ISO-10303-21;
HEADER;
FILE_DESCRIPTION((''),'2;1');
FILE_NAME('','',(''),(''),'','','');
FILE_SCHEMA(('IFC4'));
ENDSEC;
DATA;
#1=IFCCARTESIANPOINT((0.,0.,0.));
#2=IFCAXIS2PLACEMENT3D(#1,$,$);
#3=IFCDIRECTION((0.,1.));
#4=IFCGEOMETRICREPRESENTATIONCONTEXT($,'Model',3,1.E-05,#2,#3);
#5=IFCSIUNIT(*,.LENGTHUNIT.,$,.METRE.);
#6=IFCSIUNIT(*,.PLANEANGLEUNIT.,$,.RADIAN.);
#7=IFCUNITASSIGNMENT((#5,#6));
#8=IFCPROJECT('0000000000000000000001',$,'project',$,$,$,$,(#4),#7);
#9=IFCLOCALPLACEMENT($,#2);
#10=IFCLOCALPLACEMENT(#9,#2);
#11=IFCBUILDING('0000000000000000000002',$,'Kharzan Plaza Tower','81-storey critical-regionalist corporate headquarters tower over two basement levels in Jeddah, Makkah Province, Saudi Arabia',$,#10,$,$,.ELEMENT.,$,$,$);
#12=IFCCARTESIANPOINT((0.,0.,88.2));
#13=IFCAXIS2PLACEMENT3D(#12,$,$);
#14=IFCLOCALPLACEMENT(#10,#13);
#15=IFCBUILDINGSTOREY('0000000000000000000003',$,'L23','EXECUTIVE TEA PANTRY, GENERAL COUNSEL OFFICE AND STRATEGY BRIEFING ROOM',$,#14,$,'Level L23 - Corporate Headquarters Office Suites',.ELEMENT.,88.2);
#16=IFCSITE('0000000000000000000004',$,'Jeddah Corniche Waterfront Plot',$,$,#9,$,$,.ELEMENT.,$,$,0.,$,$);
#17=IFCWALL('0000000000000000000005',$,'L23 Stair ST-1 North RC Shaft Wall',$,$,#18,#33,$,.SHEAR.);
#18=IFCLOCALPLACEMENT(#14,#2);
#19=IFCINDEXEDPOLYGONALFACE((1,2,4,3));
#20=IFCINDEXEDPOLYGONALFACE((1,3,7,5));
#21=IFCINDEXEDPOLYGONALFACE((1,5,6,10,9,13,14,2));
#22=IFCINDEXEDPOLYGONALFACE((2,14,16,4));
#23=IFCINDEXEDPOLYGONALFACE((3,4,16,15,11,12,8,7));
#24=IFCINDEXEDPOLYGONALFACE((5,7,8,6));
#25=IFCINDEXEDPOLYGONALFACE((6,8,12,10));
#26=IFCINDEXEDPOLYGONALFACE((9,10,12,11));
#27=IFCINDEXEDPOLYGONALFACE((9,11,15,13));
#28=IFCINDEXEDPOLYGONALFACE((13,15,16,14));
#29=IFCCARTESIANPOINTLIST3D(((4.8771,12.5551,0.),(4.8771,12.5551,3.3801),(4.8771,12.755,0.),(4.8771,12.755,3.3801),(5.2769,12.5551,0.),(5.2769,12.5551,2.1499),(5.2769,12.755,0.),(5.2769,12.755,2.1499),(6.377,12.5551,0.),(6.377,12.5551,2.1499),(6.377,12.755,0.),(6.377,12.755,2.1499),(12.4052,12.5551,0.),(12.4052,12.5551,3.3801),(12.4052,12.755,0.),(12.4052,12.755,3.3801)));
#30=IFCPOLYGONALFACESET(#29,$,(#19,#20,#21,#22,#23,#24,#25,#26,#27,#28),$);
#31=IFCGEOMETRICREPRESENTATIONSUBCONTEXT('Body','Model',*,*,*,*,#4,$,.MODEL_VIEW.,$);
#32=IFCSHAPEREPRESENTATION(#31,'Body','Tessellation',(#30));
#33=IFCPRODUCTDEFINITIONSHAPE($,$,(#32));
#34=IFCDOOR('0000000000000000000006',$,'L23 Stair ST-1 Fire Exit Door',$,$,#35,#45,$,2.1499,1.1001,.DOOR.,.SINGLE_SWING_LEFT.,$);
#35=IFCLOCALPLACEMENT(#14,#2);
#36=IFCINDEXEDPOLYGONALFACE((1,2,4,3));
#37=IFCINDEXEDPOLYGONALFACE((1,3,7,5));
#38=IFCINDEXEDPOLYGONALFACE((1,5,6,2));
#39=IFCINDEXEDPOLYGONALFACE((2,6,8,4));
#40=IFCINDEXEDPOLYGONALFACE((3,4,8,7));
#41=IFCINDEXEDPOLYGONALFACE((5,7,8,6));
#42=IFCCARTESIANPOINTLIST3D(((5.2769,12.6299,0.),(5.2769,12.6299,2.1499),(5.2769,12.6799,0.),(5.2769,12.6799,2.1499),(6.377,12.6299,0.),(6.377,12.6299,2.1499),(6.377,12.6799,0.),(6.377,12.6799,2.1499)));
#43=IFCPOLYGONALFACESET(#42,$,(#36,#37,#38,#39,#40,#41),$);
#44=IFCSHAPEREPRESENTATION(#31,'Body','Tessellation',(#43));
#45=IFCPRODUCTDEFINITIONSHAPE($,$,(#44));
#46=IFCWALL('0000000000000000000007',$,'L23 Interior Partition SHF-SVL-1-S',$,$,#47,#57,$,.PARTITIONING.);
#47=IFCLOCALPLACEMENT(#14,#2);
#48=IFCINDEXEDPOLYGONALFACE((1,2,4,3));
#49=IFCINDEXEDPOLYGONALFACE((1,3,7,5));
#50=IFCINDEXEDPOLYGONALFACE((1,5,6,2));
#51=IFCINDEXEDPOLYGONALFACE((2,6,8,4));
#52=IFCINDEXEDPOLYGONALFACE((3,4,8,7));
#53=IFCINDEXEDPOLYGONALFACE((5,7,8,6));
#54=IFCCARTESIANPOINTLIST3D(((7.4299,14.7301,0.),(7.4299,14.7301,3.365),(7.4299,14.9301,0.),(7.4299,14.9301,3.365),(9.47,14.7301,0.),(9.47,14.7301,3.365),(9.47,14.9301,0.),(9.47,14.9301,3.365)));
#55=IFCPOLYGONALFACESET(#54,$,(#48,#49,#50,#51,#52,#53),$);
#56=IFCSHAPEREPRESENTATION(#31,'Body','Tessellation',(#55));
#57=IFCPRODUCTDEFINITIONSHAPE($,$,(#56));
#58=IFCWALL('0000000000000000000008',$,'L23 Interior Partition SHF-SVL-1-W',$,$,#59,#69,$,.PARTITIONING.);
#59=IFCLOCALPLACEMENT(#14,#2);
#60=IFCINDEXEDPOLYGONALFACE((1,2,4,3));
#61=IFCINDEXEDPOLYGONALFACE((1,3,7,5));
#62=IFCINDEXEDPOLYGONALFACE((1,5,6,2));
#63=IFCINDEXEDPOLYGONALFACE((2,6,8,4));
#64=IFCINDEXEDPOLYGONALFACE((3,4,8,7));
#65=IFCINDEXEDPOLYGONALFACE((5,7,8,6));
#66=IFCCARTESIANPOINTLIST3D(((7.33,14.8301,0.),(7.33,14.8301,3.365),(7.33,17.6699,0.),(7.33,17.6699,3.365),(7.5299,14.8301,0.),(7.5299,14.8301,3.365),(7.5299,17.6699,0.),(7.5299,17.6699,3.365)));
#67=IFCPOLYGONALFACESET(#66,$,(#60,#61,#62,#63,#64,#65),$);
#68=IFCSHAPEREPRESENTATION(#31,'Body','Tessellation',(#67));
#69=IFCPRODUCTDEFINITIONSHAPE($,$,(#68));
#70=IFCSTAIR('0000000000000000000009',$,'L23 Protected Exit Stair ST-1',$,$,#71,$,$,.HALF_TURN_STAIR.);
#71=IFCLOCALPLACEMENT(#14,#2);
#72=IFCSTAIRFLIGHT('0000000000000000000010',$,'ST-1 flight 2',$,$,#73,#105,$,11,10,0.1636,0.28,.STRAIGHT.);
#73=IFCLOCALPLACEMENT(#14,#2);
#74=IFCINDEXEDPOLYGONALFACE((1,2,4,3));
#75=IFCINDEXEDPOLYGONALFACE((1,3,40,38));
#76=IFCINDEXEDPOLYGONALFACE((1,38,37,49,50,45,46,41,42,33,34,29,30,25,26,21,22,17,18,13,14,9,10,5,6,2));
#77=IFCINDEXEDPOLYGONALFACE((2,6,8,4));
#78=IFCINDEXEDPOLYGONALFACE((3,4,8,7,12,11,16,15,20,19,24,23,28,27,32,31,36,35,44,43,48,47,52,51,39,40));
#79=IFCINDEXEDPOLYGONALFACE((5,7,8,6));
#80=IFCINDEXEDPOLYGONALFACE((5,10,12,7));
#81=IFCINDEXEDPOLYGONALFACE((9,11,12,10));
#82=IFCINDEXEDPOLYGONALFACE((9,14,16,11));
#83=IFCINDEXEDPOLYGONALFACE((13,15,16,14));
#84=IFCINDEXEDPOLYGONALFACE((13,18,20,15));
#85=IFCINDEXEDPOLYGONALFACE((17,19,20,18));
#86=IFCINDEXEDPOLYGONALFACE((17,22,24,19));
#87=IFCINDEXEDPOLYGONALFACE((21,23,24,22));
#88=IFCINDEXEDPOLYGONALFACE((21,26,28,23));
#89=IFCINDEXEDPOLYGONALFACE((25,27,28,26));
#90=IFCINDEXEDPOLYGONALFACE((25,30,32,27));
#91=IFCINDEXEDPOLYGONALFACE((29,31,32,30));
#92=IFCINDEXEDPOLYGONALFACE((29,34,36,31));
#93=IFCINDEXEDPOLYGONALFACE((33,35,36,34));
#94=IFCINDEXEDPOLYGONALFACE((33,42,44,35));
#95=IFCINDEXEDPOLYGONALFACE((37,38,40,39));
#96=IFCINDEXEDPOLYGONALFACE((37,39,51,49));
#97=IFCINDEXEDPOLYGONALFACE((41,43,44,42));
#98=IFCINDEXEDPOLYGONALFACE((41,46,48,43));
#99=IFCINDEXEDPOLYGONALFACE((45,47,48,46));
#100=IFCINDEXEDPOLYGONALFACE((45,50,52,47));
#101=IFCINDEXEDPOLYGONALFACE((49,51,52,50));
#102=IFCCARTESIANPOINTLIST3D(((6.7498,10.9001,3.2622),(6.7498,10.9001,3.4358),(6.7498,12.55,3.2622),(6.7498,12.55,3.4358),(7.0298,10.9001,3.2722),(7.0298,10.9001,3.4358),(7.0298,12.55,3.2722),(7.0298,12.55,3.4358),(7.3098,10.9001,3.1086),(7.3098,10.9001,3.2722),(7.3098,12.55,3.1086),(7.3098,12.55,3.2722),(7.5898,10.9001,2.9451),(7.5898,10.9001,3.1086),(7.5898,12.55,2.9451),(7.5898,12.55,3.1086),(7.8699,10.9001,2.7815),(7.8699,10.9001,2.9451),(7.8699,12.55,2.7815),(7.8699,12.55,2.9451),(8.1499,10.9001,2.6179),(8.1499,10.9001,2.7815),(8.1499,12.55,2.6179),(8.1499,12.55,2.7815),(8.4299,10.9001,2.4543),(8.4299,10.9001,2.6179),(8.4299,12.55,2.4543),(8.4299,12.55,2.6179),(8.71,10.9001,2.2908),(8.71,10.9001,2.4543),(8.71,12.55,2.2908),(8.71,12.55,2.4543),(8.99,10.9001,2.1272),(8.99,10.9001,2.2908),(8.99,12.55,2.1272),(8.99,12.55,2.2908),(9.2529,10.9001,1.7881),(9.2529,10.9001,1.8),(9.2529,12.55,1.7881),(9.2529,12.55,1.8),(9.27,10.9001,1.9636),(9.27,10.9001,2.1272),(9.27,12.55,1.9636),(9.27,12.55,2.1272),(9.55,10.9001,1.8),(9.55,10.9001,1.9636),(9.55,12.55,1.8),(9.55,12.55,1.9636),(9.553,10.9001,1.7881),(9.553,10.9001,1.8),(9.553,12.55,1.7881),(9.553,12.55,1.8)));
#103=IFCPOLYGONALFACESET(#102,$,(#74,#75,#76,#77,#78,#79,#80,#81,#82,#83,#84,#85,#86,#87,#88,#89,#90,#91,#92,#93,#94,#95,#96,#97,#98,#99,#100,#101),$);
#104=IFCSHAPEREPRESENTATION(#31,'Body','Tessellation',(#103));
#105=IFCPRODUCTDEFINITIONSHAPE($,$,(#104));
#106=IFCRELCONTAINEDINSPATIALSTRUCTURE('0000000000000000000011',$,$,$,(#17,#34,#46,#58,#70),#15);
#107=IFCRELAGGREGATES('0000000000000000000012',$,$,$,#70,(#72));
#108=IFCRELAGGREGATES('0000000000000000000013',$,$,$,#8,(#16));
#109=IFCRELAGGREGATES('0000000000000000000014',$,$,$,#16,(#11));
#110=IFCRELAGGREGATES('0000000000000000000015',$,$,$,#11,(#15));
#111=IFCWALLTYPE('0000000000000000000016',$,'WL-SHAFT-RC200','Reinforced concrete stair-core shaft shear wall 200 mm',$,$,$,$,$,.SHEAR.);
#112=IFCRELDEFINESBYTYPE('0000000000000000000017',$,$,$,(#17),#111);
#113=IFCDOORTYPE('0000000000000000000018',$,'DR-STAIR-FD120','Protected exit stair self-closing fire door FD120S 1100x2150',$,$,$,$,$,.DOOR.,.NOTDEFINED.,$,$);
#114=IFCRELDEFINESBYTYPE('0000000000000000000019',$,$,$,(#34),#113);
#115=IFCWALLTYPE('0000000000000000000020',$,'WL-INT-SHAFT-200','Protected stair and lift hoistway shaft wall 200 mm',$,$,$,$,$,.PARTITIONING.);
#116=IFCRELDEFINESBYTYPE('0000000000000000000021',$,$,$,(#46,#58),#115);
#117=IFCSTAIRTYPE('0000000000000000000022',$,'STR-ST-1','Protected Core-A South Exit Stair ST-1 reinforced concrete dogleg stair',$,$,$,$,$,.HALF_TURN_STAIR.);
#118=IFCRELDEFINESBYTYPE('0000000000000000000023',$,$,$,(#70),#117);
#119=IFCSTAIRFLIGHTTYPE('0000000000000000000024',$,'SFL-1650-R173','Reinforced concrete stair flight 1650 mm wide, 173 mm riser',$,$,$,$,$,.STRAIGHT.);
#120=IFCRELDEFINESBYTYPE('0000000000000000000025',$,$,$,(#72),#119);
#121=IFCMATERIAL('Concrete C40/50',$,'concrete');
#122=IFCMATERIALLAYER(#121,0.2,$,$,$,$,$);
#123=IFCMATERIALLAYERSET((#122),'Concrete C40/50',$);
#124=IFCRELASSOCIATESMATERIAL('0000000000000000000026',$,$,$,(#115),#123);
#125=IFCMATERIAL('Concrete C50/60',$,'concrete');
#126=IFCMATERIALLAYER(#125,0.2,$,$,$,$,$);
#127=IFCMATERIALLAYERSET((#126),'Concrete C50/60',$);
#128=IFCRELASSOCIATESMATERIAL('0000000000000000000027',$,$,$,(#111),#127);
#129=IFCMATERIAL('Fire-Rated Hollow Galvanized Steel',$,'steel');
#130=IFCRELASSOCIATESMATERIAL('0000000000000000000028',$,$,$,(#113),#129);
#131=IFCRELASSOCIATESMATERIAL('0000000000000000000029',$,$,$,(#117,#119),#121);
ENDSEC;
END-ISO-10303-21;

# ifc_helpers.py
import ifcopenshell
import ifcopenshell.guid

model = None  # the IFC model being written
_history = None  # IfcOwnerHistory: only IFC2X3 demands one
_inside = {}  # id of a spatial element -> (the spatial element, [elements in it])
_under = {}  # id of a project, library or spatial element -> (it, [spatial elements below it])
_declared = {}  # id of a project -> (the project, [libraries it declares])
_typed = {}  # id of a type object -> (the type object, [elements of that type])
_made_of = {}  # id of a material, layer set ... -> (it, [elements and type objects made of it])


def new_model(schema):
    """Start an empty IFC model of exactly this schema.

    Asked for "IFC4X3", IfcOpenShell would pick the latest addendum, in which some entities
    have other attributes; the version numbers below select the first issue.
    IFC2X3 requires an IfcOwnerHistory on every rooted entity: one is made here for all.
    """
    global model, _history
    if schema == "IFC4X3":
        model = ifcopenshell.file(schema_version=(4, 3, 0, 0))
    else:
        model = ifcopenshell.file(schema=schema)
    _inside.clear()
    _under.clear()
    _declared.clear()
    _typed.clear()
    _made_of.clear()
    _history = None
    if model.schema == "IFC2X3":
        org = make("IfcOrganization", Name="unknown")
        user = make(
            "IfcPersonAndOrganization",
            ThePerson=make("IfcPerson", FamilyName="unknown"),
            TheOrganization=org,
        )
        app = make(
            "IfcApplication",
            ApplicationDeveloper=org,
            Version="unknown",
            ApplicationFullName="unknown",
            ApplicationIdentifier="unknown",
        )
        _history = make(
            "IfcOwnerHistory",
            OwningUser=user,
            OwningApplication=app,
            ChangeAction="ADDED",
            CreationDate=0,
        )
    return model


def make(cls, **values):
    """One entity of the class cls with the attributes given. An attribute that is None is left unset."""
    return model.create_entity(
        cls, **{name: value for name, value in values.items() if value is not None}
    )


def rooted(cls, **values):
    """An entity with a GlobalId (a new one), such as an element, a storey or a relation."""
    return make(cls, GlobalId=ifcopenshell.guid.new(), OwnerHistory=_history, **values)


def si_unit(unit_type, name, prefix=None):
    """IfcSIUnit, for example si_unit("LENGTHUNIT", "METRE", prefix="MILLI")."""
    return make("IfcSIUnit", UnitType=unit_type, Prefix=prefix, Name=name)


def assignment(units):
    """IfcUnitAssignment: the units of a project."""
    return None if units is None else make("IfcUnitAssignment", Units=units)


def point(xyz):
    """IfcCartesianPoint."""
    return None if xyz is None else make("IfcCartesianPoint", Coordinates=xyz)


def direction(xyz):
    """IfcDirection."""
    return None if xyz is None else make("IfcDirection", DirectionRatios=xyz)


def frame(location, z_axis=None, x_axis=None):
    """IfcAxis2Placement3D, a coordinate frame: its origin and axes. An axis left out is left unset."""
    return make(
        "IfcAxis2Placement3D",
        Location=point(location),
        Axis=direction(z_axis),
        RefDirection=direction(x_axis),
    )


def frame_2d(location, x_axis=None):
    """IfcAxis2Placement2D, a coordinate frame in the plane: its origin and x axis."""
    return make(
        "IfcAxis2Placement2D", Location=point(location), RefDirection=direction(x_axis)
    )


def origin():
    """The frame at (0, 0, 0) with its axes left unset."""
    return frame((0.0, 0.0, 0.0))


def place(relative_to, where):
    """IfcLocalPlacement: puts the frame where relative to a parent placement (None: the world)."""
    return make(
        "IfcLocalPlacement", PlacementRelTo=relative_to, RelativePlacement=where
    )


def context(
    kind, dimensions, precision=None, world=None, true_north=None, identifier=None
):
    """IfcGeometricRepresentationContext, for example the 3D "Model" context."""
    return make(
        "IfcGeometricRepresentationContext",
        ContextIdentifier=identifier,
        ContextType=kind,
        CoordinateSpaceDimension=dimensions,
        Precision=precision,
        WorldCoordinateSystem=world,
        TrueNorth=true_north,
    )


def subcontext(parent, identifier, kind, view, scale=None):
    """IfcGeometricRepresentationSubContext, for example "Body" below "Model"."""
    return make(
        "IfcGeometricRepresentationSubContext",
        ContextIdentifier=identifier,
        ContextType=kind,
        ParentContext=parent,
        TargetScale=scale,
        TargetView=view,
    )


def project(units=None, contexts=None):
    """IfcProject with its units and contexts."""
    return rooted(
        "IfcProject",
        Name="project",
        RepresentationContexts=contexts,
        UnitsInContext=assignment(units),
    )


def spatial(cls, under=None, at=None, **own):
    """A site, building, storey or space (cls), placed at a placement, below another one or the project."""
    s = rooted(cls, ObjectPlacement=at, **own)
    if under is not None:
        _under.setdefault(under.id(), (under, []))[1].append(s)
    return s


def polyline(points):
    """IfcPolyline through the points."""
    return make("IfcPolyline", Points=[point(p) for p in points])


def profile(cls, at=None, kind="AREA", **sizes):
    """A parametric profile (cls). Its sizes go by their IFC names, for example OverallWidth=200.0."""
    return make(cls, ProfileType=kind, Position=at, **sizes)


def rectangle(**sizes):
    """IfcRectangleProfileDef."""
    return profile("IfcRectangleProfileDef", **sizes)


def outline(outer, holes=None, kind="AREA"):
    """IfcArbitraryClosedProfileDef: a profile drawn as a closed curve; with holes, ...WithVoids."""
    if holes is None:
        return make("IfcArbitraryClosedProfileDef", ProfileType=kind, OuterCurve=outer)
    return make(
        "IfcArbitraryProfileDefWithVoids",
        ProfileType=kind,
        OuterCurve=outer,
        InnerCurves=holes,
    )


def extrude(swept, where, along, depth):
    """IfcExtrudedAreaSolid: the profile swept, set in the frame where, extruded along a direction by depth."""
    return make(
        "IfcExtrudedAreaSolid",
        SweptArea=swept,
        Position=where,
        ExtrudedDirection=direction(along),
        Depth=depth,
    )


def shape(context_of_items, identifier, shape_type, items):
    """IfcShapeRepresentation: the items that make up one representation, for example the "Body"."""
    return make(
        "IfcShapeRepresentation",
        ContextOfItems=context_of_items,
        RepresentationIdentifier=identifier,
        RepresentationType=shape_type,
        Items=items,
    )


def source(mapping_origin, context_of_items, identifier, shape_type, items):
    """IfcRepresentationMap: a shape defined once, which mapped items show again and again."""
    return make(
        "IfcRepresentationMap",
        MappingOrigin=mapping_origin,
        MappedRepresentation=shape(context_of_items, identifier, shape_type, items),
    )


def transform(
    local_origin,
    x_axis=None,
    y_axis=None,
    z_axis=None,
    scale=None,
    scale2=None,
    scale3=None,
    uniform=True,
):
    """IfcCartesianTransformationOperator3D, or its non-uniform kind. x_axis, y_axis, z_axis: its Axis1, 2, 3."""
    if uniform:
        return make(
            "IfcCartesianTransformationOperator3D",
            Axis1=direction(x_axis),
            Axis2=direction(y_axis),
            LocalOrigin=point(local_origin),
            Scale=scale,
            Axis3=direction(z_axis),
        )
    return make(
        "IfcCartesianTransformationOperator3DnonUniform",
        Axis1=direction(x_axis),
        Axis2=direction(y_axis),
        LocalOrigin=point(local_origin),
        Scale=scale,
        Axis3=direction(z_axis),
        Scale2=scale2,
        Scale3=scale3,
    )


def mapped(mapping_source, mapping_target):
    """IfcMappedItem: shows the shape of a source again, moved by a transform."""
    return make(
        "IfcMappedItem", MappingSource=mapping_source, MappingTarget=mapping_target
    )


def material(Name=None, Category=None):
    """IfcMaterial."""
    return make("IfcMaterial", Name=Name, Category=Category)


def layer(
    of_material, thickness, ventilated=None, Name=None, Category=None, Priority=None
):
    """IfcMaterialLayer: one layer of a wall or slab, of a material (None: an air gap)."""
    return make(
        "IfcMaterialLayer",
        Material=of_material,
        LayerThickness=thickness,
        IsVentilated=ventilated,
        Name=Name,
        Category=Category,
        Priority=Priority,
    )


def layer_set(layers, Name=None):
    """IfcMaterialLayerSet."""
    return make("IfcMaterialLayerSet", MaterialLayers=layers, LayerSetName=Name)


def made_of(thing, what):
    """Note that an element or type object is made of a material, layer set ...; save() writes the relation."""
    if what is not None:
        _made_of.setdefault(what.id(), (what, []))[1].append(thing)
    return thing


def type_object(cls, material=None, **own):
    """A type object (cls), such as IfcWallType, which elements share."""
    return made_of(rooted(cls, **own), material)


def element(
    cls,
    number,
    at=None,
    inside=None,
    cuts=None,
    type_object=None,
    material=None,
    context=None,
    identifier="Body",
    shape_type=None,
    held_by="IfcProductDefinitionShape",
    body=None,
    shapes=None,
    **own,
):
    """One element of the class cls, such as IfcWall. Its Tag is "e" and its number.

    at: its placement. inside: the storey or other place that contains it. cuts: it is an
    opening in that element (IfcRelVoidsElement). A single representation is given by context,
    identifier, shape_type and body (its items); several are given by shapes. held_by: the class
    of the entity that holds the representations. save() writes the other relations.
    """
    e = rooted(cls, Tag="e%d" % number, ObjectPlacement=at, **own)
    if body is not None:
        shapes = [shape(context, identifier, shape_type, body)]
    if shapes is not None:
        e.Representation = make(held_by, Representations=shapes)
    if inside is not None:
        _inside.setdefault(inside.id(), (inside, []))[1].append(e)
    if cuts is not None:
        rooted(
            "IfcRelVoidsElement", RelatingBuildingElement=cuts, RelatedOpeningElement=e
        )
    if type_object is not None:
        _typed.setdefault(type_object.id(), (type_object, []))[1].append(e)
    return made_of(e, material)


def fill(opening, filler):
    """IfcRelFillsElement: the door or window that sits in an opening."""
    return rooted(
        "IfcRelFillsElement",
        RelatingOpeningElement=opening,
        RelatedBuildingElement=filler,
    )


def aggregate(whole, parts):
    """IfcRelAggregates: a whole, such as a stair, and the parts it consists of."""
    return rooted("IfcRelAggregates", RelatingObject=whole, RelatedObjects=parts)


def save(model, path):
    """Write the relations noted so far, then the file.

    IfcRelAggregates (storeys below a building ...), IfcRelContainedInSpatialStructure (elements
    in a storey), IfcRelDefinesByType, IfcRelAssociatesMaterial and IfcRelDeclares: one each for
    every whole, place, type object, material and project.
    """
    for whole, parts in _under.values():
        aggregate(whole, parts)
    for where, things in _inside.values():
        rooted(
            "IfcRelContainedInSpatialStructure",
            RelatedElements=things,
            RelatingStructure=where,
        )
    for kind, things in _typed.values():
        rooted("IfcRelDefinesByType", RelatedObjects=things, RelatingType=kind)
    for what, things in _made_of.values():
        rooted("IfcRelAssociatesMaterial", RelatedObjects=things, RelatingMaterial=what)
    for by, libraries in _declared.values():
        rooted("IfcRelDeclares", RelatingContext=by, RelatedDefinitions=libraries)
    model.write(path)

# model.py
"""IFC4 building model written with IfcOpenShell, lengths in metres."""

from ifc_helpers import new_model, si_unit, direction, frame, frame_2d, origin, place, context, subcontext, project, spatial, polyline, rectangle, outline, extrude, source, transform, mapped, material, layer, layer_set, type_object, element, fill, aggregate, save


model = new_model("IFC4")

# Units and contexts
model_context = context("Model", 3, precision=1e-05, world=origin(), true_north=direction((0.0, 1.0)))
body_context = subcontext(model_context, "Body", "Model", "MODEL_VIEW")
ifc_project = project(units=[si_unit("LENGTHUNIT", "METRE"), si_unit("PLANEANGLEUNIT", "RADIAN")], contexts=[model_context])

# Site, building, storey
site_placement = place(None, origin())
site = spatial("IfcSite", under=ifc_project, at=site_placement, Name="Jeddah Corniche Waterfront Plot", CompositionType="ELEMENT", RefElevation=0.0)
building_placement = place(site_placement, origin())
building = spatial("IfcBuilding", under=site, at=building_placement, Name="Kharzan Plaza Tower", Description="81-storey critical-regionalist corporate headquarters tower over two basement levels in Jeddah, Makkah Province, Saudi Arabia", CompositionType="ELEMENT")
storey_placement = place(building_placement, frame((0.0, 0.0, 88.2)))
storey = spatial("IfcBuildingStorey", under=building, at=storey_placement, Name="L23", Description="EXECUTIVE TEA PANTRY, GENERAL COUNSEL OFFICE AND STRATEGY BRIEFING ROOM", LongName="Level L23 - Corporate Headquarters Office Suites", CompositionType="ELEMENT", Elevation=88.2)

# Shared definitions
ifc_material_1 = material(Name="Concrete C40/50", Category="concrete")

# Wall, opening, door
ifc_layer_1 = layer(ifc_material_1, 0.2)
ifc_layer_set_1 = layer_set([ifc_layer_1], Name="Concrete C40/50")
wall_type_1 = type_object("IfcWallType", Name="WL-INT-SHAFT-200", Description="Protected stair and lift hoistway shaft wall 200 mm", PredefinedType="PARTITIONING", material=ifc_layer_set_1)
ifc_material_2 = material(Name="Concrete C50/60", Category="concrete")
ifc_layer_2 = layer(ifc_material_2, 0.2)
ifc_layer_set_2 = layer_set([ifc_layer_2], Name="Concrete C50/60")
wall_type_2 = type_object("IfcWallType", Name="WL-SHAFT-RC200", Description="Reinforced concrete stair-core shaft shear wall 200 mm", PredefinedType="SHEAR", material=ifc_layer_set_2)
wall_1_placement = place(storey_placement, frame((4.877, 12.655, 0.0), z_axis=(0.0, 0.0, 1.0), x_axis=(1.0, 0.0, 0.0)))
wall_1 = element("IfcWall", 1, at=wall_1_placement, inside=storey, type_object=wall_type_2, Name="L23 Stair ST-1 North RC Shaft Wall", PredefinedType="SHEAR", context=body_context, shape_type="SweptSolid", body=[
    extrude(rectangle(XDim=7.5281, YDim=0.2, at=frame_2d((3.7642, 0.0))), origin(), (0.0, 0.0, 1.0), 3.3801),
])
opening_1_placement = place(wall_1_placement, frame((0.3999, 0.0, 0.0)))
opening_1 = element("IfcOpeningElement", 2, at=opening_1_placement, cuts=wall_1, PredefinedType="OPENING", context=body_context, shape_type="SweptSolid", body=[
    extrude(rectangle(XDim=1.1001, YDim=2.1499, at=frame_2d((0.55, 1.075))), frame((0.0, 0.1099, 0.0), z_axis=(0.0, -1.0, 0.0), x_axis=(1.0, 0.0, 0.0)), (0.0, 0.0, 1.0), 0.22),
])
ifc_material_3 = material(Name="Fire-Rated Hollow Galvanized Steel", Category="steel")
door_type_1 = type_object("IfcDoorType", Name="DR-STAIR-FD120", Description="Protected exit stair self-closing fire door FD120S 1100x2150", OperationType="NOTDEFINED", PredefinedType="DOOR", material=ifc_material_3)
shared_shape_1 = source(origin(), body_context, "Body", "SweptSolid", [
    extrude(rectangle(XDim=1.1001, YDim=2.1499, at=frame_2d((0.55, 1.075))), frame((0.0, 0.0249, 0.0), z_axis=(0.0, -1.0, 0.0), x_axis=(1.0, 0.0, 0.0)), (0.0, 0.0, 1.0), 0.05),
])
door_1_placement = place(opening_1_placement, origin())
door_1 = element("IfcDoor", 3, at=door_1_placement, inside=storey, type_object=door_type_1, Name="L23 Stair ST-1 Fire Exit Door", OperationType="SINGLE_SWING_LEFT", OverallHeight=2.1499, OverallWidth=1.1001, PredefinedType="DOOR", context=body_context, shape_type="MappedRepresentation", body=[
    mapped(shared_shape_1, transform((0.0, 0.0, 0.0), x_axis=(1.0, 0.0, 0.0), y_axis=(0.0, 1.0, 0.0), z_axis=(0.0, 0.0, 1.0))),
])
fill(opening_1, door_1)

# Walls
shared_shape_2 = source(origin(), body_context, "Body", "SweptSolid", [
    extrude(rectangle(XDim=2.04, YDim=0.2, at=frame_2d((1.02, 0.0))), origin(), (0.0, 0.0, 1.0), 3.365),
])
wall_2_placement = place(storey_placement, frame((7.4299, 14.8301, 0.0), z_axis=(0.0, 0.0, 1.0), x_axis=(1.0, 0.0, 0.0)))
element("IfcWall", 4, at=wall_2_placement, inside=storey, type_object=wall_type_1, Name="L23 Interior Partition SHF-SVL-1-S", PredefinedType="PARTITIONING", context=body_context, shape_type="MappedRepresentation", body=[
    mapped(shared_shape_2, transform((0.0, 0.0, 0.0), x_axis=(1.0, 0.0, 0.0), y_axis=(0.0, 1.0, 0.0), z_axis=(0.0, 0.0, 1.0))),
])
shared_shape_3 = source(origin(), body_context, "Body", "SweptSolid", [
    extrude(rectangle(XDim=2.8398, YDim=0.2, at=frame_2d((1.4199, 0.0))), origin(), (0.0, 0.0, 1.0), 3.365),
])
wall_3_placement = place(storey_placement, frame((7.4299, 14.8301, 0.0), z_axis=(0.0, 0.0, 1.0), x_axis=(0.0, 1.0, 0.0)))
element("IfcWall", 5, at=wall_3_placement, inside=storey, type_object=wall_type_1, Name="L23 Interior Partition SHF-SVL-1-W", PredefinedType="PARTITIONING", context=body_context, shape_type="MappedRepresentation", body=[
    mapped(shared_shape_3, transform((0.0, 0.0, 0.0), x_axis=(1.0, 0.0, 0.0), y_axis=(0.0, 1.0, 0.0), z_axis=(0.0, 0.0, 1.0))),
])

# Stair, stair flight
stair_type = type_object("IfcStairType", Name="STR-ST-1", Description="Protected Core-A South Exit Stair ST-1 reinforced concrete dogleg stair", PredefinedType="HALF_TURN_STAIR", material=ifc_material_1)
stair_placement = place(storey_placement, origin())
stair = element("IfcStair", 6, at=stair_placement, inside=storey, type_object=stair_type, Name="L23 Protected Exit Stair ST-1", PredefinedType="HALF_TURN_STAIR")
stair_flight_type = type_object("IfcStairFlightType", Name="SFL-1650-R173", Description="Reinforced concrete stair flight 1650 mm wide, 173 mm riser", PredefinedType="STRAIGHT", material=ifc_material_1)
shared_shape_4 = source(origin(), body_context, "Body", "SweptSolid", [
    extrude(outline(polyline([(-0.0029, -0.012), (-0.0029, 0.0), (0.0, 0.0), (0.0, 0.1636), (0.28, 0.1636), (0.28, 0.3271), (0.5601, 0.3271), (0.5601, 0.4907), (0.8401, 0.4907), (0.8401, 0.6543), (1.1201, 0.6543), (1.1201, 0.8179), (1.4001, 0.8179), (1.4001, 0.9814), (1.6802, 0.9814), (1.6802, 1.145), (1.9602, 1.145), (1.9602, 1.3086), (2.2402, 1.3086), (2.2402, 1.4722), (2.5203, 1.4722), (2.5203, 1.6357), (2.8003, 1.6357), (2.8003, 1.7993), (2.8003, 1.4622), (0.2971, 0.0), (0.2971, -0.012), (-0.0029, -0.012)])), frame((0.0, 0.825, 0.0), z_axis=(0.0, -1.0, 0.0), x_axis=(1.0, 0.0, 0.0)), (0.0, 0.0, 1.0), 1.6499),
])
stair_flight_placement = place(storey_placement, frame((9.55, 11.7251, 1.8), z_axis=(0.0, 0.0, 1.0), x_axis=(-1.0, 0.0, 0.0)))
stair_flight = element("IfcStairFlight", 7, at=stair_flight_placement, type_object=stair_flight_type, Name="ST-1 flight 2", NumberOfRisers=11, NumberOfTreads=10, PredefinedType="STRAIGHT", RiserHeight=0.1636, TreadLength=0.28, context=body_context, shape_type="MappedRepresentation", body=[
    mapped(shared_shape_4, transform((0.0, 0.0, 0.0), x_axis=(1.0, 0.0, 0.0), y_axis=(0.0, 1.0, 0.0), z_axis=(0.0, 0.0, 1.0))),
])
aggregate(stair, [stair_flight])

save(model, "model.ifc")
